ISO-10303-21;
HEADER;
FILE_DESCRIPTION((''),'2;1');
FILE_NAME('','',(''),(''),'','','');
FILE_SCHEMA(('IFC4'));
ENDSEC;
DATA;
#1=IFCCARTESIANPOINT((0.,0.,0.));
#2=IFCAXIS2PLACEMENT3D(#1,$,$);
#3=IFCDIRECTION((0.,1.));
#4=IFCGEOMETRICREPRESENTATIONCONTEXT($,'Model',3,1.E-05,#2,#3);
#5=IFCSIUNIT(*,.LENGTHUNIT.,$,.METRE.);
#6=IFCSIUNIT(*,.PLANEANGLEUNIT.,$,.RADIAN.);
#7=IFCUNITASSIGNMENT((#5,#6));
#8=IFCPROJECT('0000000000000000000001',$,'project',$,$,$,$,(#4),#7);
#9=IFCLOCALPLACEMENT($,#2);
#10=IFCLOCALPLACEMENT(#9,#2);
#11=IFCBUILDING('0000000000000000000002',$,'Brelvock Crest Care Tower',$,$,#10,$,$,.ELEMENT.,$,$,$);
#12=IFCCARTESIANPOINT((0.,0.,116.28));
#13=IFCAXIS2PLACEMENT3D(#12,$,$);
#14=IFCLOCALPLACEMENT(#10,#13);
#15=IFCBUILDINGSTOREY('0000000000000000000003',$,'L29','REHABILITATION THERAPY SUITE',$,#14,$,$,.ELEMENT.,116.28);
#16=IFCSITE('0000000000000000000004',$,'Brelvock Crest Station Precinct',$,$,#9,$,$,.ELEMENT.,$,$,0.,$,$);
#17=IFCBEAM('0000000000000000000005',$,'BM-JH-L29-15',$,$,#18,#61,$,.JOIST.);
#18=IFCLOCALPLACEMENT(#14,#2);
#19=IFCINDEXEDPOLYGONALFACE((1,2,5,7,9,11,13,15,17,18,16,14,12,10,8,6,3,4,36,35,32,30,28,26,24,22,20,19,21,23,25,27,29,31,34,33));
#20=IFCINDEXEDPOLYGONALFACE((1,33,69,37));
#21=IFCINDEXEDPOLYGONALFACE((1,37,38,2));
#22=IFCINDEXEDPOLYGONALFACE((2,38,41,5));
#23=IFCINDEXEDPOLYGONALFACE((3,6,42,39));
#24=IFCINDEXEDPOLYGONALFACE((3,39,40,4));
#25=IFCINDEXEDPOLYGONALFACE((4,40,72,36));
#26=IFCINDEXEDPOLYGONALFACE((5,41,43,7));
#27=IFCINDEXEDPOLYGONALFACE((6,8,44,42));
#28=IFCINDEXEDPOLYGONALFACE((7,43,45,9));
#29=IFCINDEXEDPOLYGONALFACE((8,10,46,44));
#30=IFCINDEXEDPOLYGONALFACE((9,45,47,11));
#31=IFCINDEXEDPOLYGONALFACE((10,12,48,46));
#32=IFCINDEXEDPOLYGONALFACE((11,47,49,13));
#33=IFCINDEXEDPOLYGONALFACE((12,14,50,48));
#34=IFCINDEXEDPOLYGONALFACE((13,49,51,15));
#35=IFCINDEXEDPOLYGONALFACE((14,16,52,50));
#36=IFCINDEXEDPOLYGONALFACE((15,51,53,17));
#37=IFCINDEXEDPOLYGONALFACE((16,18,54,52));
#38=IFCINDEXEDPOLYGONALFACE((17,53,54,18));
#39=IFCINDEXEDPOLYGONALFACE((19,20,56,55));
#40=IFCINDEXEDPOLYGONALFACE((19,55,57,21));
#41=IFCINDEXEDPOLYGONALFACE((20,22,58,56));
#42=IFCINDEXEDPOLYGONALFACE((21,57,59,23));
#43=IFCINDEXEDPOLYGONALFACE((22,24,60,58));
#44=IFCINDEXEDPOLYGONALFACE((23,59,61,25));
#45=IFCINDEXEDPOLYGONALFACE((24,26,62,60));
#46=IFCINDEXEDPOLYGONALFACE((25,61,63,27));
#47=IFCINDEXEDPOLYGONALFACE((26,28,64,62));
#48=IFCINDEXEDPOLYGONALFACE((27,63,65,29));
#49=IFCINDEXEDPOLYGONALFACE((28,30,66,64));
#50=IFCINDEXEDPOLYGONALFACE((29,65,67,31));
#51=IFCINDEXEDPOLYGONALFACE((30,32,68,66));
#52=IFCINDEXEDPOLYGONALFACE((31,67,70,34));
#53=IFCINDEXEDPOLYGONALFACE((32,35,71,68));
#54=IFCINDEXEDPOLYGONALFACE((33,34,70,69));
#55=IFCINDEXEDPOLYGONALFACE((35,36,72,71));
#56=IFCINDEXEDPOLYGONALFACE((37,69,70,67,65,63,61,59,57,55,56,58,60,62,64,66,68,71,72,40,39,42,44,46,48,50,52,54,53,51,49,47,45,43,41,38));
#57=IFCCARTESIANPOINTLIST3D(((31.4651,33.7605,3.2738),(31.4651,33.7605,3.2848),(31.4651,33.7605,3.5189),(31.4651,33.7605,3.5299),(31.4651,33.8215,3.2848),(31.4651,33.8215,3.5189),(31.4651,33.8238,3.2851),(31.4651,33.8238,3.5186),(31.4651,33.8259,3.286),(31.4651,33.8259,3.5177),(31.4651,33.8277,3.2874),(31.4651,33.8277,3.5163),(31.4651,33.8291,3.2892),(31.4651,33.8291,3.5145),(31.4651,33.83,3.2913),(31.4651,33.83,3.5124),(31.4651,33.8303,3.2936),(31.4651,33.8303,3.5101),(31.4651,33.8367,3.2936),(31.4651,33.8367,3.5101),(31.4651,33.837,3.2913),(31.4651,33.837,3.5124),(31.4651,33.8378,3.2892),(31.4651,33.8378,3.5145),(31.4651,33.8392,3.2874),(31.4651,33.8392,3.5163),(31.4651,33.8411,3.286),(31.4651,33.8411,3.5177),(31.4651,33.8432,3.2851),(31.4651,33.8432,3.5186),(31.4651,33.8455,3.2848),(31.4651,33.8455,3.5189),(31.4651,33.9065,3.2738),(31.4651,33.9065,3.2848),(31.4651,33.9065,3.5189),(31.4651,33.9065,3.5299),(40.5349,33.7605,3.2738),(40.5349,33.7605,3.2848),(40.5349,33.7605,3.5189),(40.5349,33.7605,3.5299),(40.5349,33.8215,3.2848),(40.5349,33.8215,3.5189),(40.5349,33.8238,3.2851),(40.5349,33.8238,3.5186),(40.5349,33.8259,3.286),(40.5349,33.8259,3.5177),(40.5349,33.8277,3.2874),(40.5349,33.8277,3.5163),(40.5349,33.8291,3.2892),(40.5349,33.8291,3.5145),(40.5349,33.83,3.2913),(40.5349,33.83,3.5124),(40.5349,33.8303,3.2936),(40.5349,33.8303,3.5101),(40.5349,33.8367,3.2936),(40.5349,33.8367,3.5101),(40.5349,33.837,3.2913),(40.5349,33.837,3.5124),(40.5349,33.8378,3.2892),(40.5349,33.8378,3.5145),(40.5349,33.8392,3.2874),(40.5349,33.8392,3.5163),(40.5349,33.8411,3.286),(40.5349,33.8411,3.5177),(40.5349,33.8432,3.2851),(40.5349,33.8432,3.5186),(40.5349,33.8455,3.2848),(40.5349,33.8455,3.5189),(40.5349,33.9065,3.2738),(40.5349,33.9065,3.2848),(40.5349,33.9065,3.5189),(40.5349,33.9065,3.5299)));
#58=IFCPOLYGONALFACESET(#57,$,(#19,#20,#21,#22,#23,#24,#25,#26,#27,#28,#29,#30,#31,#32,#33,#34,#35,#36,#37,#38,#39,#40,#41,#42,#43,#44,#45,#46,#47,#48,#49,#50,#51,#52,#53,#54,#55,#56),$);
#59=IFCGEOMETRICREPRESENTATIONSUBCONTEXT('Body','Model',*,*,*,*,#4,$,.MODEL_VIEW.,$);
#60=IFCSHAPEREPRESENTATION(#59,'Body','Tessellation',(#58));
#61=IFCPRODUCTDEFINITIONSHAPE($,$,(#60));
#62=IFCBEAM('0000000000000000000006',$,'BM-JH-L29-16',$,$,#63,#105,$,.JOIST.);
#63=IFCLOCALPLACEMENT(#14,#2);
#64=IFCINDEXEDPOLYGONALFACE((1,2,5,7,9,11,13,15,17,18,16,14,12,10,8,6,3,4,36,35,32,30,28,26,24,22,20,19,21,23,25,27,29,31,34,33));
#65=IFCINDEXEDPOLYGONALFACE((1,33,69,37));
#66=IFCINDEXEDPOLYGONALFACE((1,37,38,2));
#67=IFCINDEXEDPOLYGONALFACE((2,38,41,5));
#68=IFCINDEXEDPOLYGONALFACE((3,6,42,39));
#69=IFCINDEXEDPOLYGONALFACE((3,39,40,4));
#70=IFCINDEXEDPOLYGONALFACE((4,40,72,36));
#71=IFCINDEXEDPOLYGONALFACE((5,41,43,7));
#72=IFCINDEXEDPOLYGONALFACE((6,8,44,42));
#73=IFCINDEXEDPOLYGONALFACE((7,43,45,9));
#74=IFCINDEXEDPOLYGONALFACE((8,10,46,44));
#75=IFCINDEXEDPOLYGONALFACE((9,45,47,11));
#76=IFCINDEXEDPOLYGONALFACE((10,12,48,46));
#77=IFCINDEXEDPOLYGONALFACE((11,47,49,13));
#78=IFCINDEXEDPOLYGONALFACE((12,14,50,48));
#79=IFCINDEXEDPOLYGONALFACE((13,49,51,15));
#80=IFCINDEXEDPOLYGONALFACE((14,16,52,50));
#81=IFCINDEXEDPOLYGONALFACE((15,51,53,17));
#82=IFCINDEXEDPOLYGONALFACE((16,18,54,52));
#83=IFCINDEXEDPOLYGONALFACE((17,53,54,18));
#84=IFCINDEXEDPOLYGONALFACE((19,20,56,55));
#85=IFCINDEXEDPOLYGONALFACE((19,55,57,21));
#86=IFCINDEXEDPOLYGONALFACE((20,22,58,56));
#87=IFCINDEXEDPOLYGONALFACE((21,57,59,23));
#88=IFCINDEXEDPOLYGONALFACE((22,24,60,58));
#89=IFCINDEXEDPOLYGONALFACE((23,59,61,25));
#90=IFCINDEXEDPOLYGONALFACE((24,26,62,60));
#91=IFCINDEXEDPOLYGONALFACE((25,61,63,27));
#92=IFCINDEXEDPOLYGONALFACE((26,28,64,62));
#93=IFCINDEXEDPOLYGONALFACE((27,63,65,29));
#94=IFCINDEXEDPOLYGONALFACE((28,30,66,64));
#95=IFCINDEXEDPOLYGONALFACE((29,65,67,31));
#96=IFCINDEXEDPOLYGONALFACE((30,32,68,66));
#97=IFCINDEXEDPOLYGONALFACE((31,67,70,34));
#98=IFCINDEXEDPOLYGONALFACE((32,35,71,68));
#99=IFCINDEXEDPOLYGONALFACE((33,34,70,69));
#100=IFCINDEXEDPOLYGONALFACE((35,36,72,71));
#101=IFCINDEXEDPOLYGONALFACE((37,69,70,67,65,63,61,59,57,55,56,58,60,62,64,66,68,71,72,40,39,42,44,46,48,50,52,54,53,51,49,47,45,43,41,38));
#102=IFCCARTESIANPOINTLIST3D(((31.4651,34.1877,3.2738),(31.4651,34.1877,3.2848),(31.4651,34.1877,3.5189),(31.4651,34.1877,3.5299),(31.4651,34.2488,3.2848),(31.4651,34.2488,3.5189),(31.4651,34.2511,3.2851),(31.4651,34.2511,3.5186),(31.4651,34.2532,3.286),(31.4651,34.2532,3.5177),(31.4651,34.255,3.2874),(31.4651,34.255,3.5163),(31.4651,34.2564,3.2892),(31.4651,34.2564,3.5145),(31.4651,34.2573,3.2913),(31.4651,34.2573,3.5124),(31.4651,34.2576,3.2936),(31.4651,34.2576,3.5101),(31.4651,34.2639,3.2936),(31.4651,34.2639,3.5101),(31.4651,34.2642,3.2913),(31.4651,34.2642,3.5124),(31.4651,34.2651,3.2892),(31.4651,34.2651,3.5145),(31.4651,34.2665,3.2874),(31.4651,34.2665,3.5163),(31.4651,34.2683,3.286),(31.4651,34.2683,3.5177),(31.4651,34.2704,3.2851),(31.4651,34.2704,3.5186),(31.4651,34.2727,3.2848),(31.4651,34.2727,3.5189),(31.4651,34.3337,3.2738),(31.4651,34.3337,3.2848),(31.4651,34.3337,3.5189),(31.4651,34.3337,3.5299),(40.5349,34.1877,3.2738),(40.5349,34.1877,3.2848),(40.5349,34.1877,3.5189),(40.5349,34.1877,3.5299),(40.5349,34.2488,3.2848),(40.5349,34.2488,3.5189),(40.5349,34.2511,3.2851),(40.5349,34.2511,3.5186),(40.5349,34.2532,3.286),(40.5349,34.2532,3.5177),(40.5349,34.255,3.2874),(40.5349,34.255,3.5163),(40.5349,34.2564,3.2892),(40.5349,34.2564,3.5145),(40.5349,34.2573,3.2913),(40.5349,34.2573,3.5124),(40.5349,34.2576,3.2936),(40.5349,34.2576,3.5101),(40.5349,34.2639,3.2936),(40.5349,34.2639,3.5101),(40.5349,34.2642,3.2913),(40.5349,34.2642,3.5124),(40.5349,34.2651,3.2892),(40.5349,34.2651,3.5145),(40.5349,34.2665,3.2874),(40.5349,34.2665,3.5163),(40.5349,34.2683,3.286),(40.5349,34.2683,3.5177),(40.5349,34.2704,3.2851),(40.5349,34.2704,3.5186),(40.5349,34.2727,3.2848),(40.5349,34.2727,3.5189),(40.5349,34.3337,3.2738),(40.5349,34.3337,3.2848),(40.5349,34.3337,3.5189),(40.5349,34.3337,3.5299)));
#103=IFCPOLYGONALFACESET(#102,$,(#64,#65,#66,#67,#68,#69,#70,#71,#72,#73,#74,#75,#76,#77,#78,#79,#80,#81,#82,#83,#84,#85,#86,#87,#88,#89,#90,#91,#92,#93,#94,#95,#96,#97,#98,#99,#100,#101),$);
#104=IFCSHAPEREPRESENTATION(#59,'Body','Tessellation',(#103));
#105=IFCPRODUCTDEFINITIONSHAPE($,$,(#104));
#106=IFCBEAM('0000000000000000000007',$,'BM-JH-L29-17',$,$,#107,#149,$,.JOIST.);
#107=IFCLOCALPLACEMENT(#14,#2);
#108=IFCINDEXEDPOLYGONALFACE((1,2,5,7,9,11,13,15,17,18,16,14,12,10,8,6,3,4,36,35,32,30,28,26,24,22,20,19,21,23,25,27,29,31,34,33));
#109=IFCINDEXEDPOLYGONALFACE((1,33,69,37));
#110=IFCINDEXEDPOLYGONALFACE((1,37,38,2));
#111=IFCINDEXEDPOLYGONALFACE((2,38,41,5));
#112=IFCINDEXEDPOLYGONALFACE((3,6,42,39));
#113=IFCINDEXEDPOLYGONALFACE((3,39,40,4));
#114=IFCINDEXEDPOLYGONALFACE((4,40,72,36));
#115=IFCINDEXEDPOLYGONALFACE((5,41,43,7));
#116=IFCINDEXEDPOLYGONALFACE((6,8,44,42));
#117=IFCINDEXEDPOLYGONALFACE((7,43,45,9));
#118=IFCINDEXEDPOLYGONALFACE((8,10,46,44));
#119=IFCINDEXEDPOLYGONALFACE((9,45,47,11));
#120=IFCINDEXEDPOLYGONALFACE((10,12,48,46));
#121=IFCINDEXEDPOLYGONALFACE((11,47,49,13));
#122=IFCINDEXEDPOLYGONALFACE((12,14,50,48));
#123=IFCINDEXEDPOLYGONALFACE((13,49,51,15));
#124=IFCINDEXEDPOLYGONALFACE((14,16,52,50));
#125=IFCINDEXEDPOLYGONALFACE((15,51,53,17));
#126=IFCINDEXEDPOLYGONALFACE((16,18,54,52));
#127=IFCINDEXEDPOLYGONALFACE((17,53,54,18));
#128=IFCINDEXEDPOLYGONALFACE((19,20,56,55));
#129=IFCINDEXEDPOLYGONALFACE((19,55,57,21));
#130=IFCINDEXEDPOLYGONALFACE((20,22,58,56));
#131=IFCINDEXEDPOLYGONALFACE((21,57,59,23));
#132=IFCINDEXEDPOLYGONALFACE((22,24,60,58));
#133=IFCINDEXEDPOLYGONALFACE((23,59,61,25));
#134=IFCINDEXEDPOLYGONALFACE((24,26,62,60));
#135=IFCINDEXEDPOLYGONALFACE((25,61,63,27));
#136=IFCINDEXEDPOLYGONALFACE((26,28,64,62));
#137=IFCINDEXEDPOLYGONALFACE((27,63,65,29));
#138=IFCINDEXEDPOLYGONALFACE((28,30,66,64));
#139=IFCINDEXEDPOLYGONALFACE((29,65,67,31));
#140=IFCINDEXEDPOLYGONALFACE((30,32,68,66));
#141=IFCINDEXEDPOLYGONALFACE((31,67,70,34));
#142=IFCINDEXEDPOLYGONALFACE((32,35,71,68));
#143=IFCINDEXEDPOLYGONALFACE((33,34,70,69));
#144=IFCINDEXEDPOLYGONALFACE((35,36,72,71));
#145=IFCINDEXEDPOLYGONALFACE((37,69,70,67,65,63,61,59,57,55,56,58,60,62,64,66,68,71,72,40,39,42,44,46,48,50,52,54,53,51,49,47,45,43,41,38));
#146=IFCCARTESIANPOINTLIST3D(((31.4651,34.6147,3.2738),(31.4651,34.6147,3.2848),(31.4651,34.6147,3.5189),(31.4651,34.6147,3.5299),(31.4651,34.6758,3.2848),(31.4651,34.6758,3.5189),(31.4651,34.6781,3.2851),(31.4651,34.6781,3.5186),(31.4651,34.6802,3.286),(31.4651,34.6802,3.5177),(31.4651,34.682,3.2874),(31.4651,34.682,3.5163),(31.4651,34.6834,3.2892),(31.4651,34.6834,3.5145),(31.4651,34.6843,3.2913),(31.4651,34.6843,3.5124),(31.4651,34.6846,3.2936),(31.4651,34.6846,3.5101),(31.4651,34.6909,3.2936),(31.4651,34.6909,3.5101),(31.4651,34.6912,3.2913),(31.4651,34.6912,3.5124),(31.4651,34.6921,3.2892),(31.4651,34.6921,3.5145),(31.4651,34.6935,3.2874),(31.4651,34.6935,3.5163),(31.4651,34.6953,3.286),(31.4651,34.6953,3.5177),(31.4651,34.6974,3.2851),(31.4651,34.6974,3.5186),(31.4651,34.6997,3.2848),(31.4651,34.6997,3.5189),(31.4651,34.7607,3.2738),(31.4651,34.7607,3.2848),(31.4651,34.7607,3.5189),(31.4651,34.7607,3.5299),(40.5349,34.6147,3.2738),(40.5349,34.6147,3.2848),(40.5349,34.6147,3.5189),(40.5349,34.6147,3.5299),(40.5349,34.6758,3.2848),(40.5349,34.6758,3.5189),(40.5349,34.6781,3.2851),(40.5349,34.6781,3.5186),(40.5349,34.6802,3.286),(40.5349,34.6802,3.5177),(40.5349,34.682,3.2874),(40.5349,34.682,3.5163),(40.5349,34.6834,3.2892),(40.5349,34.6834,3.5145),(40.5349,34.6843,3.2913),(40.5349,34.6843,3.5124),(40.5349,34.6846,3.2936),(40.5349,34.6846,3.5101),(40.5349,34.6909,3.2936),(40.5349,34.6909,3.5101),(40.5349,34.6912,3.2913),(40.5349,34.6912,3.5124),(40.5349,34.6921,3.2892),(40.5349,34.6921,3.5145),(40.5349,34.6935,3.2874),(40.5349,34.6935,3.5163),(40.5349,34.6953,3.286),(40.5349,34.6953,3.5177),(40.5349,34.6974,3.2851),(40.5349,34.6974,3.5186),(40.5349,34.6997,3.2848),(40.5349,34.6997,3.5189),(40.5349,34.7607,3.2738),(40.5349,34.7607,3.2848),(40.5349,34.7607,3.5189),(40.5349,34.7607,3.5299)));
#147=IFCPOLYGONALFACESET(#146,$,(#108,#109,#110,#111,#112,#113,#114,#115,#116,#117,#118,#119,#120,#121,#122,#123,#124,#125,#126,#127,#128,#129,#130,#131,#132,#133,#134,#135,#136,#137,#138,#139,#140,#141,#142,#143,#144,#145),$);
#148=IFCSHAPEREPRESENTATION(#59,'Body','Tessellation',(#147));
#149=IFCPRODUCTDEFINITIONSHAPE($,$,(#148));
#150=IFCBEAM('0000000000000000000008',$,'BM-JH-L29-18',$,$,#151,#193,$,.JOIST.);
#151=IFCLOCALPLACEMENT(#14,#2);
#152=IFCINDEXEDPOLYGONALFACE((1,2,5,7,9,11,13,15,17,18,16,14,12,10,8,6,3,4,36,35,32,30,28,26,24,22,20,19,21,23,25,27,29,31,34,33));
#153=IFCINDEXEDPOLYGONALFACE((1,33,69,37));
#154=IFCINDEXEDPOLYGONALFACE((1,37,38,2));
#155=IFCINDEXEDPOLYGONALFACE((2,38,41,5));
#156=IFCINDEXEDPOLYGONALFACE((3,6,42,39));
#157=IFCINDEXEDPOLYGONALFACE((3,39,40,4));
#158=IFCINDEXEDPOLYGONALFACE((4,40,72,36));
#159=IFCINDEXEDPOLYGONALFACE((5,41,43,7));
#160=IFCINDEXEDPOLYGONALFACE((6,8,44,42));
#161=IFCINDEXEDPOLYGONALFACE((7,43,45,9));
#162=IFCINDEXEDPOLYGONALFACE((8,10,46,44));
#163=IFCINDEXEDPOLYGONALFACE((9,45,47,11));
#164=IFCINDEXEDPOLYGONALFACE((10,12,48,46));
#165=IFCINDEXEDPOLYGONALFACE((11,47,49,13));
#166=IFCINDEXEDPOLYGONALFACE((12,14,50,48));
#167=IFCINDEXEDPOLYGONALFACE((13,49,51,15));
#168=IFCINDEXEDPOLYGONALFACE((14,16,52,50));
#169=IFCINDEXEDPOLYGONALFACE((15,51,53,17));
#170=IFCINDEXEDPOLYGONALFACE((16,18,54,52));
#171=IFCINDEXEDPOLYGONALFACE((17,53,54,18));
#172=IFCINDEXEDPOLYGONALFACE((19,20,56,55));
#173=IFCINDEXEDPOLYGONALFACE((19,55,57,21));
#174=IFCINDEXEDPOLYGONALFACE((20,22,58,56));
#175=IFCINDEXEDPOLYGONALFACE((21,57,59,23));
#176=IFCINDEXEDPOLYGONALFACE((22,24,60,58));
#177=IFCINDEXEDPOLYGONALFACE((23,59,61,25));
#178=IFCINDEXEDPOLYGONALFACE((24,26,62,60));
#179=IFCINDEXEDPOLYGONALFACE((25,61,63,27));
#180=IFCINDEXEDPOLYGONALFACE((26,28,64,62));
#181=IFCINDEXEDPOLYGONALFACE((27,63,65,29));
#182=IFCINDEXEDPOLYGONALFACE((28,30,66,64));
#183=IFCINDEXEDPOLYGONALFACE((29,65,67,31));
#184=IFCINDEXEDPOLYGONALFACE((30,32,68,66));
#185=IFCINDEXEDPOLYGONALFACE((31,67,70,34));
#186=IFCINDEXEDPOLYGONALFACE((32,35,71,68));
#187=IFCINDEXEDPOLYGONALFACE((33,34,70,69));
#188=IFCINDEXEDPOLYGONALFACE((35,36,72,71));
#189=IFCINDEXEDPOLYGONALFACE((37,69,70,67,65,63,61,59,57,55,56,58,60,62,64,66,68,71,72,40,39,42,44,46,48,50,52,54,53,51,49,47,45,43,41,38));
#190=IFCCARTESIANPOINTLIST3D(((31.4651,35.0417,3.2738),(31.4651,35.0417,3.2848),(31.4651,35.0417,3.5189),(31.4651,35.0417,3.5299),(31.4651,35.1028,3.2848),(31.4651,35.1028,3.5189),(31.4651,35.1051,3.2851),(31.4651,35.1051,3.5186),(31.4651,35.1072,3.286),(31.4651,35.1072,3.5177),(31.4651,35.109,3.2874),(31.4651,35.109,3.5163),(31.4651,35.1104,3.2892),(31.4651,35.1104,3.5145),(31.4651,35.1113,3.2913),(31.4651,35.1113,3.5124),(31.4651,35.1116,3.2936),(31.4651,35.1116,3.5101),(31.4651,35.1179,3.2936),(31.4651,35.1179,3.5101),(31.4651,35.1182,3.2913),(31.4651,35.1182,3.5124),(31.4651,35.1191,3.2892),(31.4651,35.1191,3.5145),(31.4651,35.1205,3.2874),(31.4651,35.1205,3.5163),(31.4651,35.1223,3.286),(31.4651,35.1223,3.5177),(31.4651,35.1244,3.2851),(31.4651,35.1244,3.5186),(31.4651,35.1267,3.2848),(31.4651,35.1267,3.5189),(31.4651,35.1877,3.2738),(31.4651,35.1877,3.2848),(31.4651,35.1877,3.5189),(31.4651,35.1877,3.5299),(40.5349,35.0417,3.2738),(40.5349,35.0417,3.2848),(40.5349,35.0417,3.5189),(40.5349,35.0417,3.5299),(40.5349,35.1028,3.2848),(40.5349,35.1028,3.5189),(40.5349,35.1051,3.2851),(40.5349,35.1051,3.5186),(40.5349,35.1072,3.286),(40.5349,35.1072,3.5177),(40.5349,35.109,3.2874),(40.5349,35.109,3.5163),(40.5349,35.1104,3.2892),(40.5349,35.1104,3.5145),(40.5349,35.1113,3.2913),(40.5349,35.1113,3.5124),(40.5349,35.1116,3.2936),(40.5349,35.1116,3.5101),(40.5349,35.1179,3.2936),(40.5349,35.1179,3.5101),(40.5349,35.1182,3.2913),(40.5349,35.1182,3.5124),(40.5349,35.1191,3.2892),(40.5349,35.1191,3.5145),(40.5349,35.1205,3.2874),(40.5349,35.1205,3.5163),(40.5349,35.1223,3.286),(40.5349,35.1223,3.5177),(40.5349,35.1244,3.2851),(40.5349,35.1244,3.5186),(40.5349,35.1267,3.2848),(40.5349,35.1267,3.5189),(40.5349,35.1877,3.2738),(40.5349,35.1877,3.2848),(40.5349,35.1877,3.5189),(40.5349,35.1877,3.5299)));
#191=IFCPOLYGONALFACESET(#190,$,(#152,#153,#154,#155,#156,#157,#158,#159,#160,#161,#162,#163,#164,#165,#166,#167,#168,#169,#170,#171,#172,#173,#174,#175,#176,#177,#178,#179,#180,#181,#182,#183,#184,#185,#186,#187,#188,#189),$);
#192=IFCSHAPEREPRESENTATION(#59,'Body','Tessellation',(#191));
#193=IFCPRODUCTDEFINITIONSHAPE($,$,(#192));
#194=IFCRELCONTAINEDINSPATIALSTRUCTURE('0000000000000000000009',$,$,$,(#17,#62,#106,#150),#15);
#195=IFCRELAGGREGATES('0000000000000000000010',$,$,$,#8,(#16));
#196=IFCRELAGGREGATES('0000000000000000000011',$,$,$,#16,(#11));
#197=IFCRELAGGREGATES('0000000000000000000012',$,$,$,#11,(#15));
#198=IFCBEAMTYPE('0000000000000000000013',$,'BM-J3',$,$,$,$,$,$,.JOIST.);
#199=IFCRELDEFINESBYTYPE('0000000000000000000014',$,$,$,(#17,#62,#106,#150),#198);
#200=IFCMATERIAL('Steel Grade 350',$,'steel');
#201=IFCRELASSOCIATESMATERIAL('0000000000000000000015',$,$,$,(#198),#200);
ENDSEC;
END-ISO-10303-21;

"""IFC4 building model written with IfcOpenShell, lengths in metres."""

from ifc_helpers import new_model, si_unit, direction, frame, origin, origin_2d, place, context, subcontext, project, spatial, i_section, extrude, source, transform, mapped, material, material_profile, profile_set, type_object, element, save


model = new_model("IFC4")

# Units and contexts
model_context = context("Model", 3, precision=1e-05, world=origin(), true_north=direction((0.0, 1.0)))
body_context = subcontext(model_context, "Body", "Model", "MODEL_VIEW")
ifc_project = project(units=[si_unit("LENGTHUNIT", "METRE"), si_unit("PLANEANGLEUNIT", "RADIAN")], contexts=[model_context])

# Site, building, storey
site_placement = place(None, origin())
site = spatial("IfcSite", under=ifc_project, at=site_placement, Name="Brelvock Crest Station Precinct", CompositionType="ELEMENT", RefElevation=0.0)
building_placement = place(site_placement, origin())
building = spatial("IfcBuilding", under=site, at=building_placement, Name="Brelvock Crest Care Tower", CompositionType="ELEMENT")
storey_placement = place(building_placement, frame((0.0, 0.0, 116.28)))
storey = spatial("IfcBuildingStorey", under=building, at=storey_placement, Name="L29", Description="REHABILITATION THERAPY SUITE", CompositionType="ELEMENT", Elevation=116.28)

# Beams
ifc_material_1 = material(Name="Steel Grade 350", Category="steel")
ifc_material_profile_1 = material_profile(ifc_material_1, i_section(OverallWidth=0.146, OverallDepth=0.2561, WebThickness=0.0063, FlangeThickness=0.011, FilletRadius=0.0088, at=origin_2d()), Name="250UB37.3")
ifc_profile_set_1 = profile_set([ifc_material_profile_1], Name="Steel Grade 350")
beam_type_1 = type_object("IfcBeamType", Name="BM-J3", PredefinedType="JOIST", material=ifc_profile_set_1)
shared_shape_1 = source(origin(), body_context, "Body", "SweptSolid", [
    extrude(i_section(OverallWidth=0.146, OverallDepth=0.2561, WebThickness=0.0063, FlangeThickness=0.011, FilletRadius=0.0088, at=origin_2d()), origin(), (0.0, 0.0, 1.0), 9.0698),
])
for number, where, z_axis, x_axis, name in (
    (1, (31.4651, 33.8335, 3.4019), (1.0, 0.0, 0.0), (0.0, 1.0, 0.0), "BM-JH-L29-15"),
    (2, (31.4651, 34.2607, 3.4019), (1.0, 0.0, 0.0), (0.0, 1.0, 0.0), "BM-JH-L29-16"),
    (3, (31.4651, 34.6877, 3.4019), (1.0, 0.0, 0.0), (0.0, 1.0, 0.0), "BM-JH-L29-17"),
    (4, (31.4651, 35.1147, 3.4019), (1.0, 0.0, 0.0), (0.0, 1.0, 0.0), "BM-JH-L29-18"),
):
    element("IfcBeam", number, at=place(storey_placement, frame(where, z_axis=z_axis, x_axis=x_axis)), inside=storey, type_object=beam_type_1, Name=name, PredefinedType="JOIST", context=body_context, shape_type="MappedRepresentation", body=[
        mapped(shared_shape_1, transform((0.0, 0.0, 0.0), x_axis=(1.0, 0.0, 0.0), y_axis=(0.0, 1.0, 0.0), z_axis=(0.0, 0.0, 1.0), scale=1.0)),
    ])

save(model, "model.ifc")
